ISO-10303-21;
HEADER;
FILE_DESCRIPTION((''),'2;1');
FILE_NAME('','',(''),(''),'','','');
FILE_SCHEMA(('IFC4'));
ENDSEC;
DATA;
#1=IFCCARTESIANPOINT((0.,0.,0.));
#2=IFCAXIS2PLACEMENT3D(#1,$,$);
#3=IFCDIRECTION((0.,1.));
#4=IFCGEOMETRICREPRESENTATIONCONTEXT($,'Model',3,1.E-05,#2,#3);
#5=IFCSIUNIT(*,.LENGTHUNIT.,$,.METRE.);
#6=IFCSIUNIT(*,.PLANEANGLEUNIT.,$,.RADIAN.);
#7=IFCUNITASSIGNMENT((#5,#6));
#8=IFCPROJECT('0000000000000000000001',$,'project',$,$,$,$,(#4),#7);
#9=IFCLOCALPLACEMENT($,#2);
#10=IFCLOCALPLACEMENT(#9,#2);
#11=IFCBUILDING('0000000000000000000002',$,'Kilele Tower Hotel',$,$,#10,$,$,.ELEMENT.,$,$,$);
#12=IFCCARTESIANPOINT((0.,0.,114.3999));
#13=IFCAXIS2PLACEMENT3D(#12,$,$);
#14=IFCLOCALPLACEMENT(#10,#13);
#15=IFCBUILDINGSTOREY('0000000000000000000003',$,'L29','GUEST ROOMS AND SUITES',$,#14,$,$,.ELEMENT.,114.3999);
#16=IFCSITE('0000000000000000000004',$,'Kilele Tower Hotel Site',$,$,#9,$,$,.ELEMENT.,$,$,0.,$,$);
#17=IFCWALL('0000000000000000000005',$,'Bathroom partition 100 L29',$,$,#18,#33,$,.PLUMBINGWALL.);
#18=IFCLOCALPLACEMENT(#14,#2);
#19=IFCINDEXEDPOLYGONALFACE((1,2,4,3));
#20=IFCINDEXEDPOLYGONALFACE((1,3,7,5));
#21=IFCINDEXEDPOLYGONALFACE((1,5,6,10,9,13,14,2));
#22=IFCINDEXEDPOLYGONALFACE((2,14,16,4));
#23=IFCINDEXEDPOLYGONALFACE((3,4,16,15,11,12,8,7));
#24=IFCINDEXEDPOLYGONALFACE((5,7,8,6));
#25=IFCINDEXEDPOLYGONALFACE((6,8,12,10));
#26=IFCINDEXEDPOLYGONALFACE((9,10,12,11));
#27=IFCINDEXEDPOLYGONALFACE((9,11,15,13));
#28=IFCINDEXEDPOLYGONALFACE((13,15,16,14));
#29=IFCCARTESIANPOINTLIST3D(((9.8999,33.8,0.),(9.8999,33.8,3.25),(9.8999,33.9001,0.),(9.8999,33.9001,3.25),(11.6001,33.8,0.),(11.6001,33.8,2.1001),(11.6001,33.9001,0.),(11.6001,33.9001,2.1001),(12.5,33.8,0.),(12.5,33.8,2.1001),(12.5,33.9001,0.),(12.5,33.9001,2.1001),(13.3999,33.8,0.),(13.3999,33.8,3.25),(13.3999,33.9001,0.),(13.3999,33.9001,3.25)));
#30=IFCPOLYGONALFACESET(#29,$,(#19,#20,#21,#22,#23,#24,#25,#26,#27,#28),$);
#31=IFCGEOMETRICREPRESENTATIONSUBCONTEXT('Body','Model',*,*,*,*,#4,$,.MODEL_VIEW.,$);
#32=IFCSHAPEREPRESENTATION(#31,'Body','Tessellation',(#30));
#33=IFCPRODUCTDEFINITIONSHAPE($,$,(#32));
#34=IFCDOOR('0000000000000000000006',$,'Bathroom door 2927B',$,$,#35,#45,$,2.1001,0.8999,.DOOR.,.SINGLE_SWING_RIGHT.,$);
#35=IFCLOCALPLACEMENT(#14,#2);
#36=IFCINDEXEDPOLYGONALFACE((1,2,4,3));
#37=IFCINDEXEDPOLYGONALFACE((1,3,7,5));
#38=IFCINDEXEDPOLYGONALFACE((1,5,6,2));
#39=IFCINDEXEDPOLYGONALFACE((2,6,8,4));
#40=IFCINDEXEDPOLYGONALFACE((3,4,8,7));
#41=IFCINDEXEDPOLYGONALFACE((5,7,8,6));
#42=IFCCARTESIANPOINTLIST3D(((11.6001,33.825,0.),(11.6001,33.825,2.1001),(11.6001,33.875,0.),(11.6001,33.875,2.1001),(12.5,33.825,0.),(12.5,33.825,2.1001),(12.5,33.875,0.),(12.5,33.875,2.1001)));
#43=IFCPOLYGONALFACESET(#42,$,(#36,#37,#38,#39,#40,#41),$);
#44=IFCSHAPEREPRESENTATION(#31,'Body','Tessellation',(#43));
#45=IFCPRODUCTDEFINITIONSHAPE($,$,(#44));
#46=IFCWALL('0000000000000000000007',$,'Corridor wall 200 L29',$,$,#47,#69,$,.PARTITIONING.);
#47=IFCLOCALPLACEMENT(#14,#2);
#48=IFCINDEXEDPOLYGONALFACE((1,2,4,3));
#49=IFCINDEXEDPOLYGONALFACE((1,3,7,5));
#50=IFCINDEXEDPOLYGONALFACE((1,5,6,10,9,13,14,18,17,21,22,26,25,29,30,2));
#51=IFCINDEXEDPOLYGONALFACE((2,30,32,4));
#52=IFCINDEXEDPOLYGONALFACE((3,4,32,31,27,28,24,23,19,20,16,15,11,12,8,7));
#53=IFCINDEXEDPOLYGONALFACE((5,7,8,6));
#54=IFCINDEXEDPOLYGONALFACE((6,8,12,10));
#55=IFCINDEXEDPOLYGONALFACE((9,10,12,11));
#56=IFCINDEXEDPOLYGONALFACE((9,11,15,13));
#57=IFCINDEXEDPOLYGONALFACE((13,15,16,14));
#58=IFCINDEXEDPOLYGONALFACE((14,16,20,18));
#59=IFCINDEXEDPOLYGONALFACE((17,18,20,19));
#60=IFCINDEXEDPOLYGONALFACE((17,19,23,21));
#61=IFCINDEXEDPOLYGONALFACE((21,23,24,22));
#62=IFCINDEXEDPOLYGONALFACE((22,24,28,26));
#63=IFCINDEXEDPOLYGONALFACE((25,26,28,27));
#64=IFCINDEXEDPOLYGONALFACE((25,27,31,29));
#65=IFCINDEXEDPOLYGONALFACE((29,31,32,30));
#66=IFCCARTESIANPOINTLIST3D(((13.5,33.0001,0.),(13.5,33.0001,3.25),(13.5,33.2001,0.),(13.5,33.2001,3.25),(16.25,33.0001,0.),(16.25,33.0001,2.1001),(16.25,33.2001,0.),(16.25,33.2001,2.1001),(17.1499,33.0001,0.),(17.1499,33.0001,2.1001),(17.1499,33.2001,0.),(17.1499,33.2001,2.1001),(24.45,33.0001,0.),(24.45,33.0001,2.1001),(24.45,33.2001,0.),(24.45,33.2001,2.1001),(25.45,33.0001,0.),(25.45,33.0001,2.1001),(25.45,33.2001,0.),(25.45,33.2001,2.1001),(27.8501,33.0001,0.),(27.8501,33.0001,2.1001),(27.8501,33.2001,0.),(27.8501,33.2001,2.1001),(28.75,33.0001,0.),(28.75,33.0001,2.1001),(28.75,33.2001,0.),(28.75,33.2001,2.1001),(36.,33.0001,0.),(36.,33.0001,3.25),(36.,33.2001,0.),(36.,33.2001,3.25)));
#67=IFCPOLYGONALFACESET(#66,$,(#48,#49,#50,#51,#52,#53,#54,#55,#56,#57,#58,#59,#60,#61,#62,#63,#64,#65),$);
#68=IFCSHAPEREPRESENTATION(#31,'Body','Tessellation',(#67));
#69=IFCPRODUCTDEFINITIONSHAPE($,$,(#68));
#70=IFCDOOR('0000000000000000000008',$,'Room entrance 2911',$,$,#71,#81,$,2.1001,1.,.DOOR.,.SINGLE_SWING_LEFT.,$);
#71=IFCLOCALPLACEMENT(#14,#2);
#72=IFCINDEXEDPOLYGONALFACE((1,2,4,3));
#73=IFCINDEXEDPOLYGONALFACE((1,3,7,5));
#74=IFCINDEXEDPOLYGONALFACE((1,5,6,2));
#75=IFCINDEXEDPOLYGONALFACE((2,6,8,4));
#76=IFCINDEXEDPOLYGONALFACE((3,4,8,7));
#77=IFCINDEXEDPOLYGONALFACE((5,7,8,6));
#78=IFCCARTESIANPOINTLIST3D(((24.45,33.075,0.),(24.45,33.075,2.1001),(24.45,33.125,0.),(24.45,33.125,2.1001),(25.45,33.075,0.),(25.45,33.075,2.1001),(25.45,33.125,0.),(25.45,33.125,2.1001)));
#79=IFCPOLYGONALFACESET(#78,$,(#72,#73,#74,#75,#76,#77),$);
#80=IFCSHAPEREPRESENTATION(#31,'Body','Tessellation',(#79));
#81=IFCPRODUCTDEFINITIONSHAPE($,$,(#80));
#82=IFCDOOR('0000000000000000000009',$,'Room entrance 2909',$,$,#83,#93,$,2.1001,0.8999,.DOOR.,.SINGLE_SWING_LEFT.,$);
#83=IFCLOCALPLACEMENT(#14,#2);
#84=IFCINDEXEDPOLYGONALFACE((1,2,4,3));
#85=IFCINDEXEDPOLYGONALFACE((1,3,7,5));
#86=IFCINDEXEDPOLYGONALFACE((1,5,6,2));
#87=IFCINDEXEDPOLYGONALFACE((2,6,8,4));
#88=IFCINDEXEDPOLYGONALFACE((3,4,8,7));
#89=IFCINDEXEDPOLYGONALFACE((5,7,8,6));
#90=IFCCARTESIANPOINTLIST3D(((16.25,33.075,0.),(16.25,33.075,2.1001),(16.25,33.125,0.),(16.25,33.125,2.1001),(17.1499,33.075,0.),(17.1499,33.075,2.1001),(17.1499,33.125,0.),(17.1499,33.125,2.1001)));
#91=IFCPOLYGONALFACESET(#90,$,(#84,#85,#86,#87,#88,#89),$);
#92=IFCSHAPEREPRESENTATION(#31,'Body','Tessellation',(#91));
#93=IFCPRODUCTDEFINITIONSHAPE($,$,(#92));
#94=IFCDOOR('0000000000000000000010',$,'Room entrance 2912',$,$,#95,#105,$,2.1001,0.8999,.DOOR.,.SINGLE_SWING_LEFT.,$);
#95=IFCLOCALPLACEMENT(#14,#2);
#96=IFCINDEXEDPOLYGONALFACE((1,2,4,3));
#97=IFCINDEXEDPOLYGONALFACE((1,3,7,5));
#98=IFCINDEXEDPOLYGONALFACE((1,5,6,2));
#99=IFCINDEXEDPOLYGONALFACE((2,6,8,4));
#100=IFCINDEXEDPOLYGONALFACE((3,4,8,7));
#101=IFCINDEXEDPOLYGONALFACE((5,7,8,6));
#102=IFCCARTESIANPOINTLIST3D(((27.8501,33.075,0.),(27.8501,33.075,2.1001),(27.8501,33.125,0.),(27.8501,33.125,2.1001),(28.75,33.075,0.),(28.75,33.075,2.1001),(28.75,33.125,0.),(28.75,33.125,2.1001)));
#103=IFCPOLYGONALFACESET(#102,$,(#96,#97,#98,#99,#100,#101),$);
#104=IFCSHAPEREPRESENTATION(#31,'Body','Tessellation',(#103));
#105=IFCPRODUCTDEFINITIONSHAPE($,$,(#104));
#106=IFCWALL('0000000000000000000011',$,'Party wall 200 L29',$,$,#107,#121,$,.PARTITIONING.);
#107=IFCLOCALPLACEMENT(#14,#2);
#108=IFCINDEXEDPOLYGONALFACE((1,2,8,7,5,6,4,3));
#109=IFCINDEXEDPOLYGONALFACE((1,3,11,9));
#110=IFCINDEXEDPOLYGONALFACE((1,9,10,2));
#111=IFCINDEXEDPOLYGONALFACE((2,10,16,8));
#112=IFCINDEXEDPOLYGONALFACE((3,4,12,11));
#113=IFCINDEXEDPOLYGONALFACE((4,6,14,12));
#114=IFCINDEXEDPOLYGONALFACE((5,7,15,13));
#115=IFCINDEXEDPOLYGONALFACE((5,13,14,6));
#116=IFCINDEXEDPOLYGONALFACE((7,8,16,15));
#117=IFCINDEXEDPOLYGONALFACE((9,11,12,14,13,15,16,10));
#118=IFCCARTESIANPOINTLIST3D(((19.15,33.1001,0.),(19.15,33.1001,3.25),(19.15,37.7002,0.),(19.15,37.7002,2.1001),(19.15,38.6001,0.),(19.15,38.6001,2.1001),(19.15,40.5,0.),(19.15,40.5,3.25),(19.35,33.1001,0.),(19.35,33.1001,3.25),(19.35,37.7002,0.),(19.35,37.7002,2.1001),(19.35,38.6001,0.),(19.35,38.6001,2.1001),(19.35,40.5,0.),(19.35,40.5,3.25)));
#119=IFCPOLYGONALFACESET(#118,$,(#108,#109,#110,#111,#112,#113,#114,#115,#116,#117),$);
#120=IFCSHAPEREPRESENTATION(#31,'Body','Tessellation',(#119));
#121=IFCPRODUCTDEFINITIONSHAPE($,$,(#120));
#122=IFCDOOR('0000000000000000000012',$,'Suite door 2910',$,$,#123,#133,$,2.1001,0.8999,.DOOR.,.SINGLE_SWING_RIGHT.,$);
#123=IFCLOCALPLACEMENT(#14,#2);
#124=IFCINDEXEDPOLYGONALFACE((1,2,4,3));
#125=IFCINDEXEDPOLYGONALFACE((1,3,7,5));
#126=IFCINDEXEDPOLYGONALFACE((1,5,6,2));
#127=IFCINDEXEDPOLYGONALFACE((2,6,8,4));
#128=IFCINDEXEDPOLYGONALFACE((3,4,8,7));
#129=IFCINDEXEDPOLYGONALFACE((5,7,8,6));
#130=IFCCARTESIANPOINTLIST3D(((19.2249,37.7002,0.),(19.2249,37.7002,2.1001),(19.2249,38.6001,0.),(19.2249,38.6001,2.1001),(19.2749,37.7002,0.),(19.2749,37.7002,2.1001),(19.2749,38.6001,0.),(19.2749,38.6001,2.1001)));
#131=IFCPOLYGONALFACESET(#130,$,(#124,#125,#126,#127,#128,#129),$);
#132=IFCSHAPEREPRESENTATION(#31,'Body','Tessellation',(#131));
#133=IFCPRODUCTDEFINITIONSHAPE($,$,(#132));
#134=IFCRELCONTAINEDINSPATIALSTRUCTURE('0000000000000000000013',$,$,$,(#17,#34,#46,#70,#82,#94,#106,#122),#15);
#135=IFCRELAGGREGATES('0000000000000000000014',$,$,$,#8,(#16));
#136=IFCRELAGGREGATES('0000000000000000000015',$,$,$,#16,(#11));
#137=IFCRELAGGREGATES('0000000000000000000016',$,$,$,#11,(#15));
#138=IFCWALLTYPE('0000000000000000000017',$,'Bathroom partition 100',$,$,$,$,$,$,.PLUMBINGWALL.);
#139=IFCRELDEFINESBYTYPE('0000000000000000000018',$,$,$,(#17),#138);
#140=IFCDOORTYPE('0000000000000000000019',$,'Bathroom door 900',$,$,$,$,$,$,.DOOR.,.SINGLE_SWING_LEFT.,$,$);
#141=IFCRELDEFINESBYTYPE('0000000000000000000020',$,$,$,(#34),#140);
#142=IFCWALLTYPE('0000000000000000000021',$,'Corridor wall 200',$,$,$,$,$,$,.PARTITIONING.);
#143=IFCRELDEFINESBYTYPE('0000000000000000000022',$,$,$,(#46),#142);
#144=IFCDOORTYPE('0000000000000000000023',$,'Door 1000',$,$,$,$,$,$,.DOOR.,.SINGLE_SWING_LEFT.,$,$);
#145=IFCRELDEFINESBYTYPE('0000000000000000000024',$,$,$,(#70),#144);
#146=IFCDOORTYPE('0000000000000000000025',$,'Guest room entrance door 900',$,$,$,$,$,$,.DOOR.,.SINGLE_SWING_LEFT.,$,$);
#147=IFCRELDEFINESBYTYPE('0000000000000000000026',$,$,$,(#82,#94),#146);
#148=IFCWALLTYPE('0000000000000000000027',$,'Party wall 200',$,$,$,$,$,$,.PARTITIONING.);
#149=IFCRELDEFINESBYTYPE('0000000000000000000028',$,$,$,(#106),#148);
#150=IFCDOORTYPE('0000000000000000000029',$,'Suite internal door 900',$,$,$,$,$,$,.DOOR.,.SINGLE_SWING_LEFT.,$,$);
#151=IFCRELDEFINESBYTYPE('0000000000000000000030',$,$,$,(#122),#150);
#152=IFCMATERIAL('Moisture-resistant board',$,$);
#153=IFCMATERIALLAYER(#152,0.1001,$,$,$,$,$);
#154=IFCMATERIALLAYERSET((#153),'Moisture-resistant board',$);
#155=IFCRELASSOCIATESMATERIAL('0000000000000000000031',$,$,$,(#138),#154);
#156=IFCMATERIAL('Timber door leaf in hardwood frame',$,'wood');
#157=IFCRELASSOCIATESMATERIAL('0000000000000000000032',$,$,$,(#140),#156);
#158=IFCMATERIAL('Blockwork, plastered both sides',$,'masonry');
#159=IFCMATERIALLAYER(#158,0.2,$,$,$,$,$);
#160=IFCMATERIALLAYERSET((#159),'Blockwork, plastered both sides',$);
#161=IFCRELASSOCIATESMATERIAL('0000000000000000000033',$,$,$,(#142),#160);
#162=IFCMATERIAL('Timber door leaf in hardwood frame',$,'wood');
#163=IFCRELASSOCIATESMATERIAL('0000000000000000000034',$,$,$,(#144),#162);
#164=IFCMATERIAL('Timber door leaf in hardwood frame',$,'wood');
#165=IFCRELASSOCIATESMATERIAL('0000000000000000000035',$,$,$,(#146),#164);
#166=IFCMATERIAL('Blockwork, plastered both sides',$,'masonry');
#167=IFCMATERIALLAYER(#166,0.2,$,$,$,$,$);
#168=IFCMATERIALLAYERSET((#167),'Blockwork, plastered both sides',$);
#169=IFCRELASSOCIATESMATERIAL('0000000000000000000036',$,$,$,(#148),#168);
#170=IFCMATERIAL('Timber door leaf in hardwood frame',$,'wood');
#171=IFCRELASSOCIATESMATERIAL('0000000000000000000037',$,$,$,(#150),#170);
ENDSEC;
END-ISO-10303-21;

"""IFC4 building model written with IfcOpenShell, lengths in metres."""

from ifc_helpers import new_model, si_unit, direction, frame, frame_2d, origin, place, context, subcontext, project, spatial, rectangle, extrude, material, layer, layer_set, type_object, element, fill, save


model = new_model("IFC4")

# Units and contexts
model_context = context("Model", 3, precision=1e-05, world=origin(), true_north=direction((0.0, 1.0)))
body_context = subcontext(model_context, "Body", "Model", "MODEL_VIEW")
ifc_project = project(units=[si_unit("LENGTHUNIT", "METRE"), si_unit("PLANEANGLEUNIT", "RADIAN")], contexts=[model_context])

# Site, building, storey
site_placement = place(None, origin())
site = spatial("IfcSite", under=ifc_project, at=site_placement, Name="Kilele Tower Hotel Site", CompositionType="ELEMENT", RefElevation=0.0)
building_placement = place(site_placement, origin())
building = spatial("IfcBuilding", under=site, at=building_placement, Name="Kilele Tower Hotel", CompositionType="ELEMENT")
storey_placement = place(building_placement, frame((0.0, 0.0, 114.3999)))
storey = spatial("IfcBuildingStorey", under=building, at=storey_placement, Name="L29", Description="GUEST ROOMS AND SUITES", CompositionType="ELEMENT", Elevation=114.3999)

# Shared definitions
ifc_material_1 = material(Name="Moisture-resistant board")
ifc_layer_1 = layer(ifc_material_1, 0.1001)
ifc_layer_set_1 = layer_set([ifc_layer_1], Name="Moisture-resistant board")
wall_type_1 = type_object("IfcWallType", Name="Bathroom partition 100", PredefinedType="PLUMBINGWALL", material=ifc_layer_set_1)

# Shared definitions
ifc_material_2 = material(Name="Timber door leaf in hardwood frame", Category="wood")
door_type_1 = type_object("IfcDoorType", Name="Bathroom door 900", OperationType="SINGLE_SWING_LEFT", PredefinedType="DOOR", material=ifc_material_2)

# Wall, opening, door
wall_1_placement = place(storey_placement, frame((13.3999, 33.8501, 0.0), z_axis=(0.0, 0.0, 1.0), x_axis=(-1.0, 0.0, 0.0)))
wall_1 = element("IfcWall", 1, at=wall_1_placement, inside=storey, type_object=wall_type_1, Name="Bathroom partition 100 L29", PredefinedType="PLUMBINGWALL", context=body_context, shape_type="SweptSolid", body=[
    extrude(rectangle(XDim=3.5, YDim=0.1001, at=frame_2d((1.75, 0.0))), origin(), (0.0, 0.0, 1.0), 3.25),
])
opening_1_placement = place(wall_1_placement, frame((1.7998, 0.0, 0.0), z_axis=(0.0, 0.0, 1.0), x_axis=(-1.0, 0.0, 0.0)))
opening_1 = element("IfcOpeningElement", 2, at=opening_1_placement, cuts=wall_1, PredefinedType="OPENING", context=body_context, shape_type="SweptSolid", body=[
    extrude(rectangle(XDim=0.8999, YDim=2.1001, at=frame_2d((0.45, 1.05))), frame((0.0, 0.0601, 0.0), z_axis=(0.0, -1.0, 0.0), x_axis=(1.0, 0.0, 0.0)), (0.0, 0.0, 1.0), 0.1201),
])
door_1_placement = place(opening_1_placement, origin())
door_1 = element("IfcDoor", 3, at=door_1_placement, inside=storey, type_object=door_type_1, Name="Bathroom door 2927B", OperationType="SINGLE_SWING_RIGHT", OverallHeight=2.1001, OverallWidth=0.8999, PredefinedType="DOOR", context=body_context, shape_type="SweptSolid", body=[
    extrude(rectangle(XDim=0.8999, YDim=2.1001, at=frame_2d((0.45, 1.05))), frame((0.0, 0.0249, 0.0), z_axis=(0.0, -1.0, 0.0), x_axis=(1.0, 0.0, 0.0)), (0.0, 0.0, 1.0), 0.05),
])
fill(opening_1, door_1)

# Wall, openings, doors
ifc_material_3 = material(Name="Blockwork, plastered both sides", Category="masonry")
ifc_layer_2 = layer(ifc_material_3, 0.2)
ifc_layer_set_2 = layer_set([ifc_layer_2], Name="Blockwork, plastered both sides")
wall_type_2 = type_object("IfcWallType", Name="Corridor wall 200", PredefinedType="PARTITIONING", material=ifc_layer_set_2)
wall_2_placement = place(storey_placement, frame((13.5, 33.1001, 0.0), z_axis=(0.0, 0.0, 1.0), x_axis=(1.0, 0.0, 0.0)))
wall_2 = element("IfcWall", 4, at=wall_2_placement, inside=storey, type_object=wall_type_2, Name="Corridor wall 200 L29", PredefinedType="PARTITIONING", context=body_context, shape_type="SweptSolid", body=[
    extrude(rectangle(XDim=22.5, YDim=0.2, at=frame_2d((11.25, 0.0))), origin(), (0.0, 0.0, 1.0), 3.25),
])
opening_2_placement = place(wall_2_placement, frame((2.75, 0.0, 0.0)))
opening_2 = element("IfcOpeningElement", 5, at=opening_2_placement, cuts=wall_2, PredefinedType="OPENING", context=body_context, shape_type="SweptSolid", body=[
    extrude(rectangle(XDim=0.8999, YDim=2.1001, at=frame_2d((0.45, 1.05))), frame((0.0, 0.1099, 0.0), z_axis=(0.0, -1.0, 0.0), x_axis=(1.0, 0.0, 0.0)), (0.0, 0.0, 1.0), 0.22),
])
opening_3_placement = place(wall_2_placement, frame((10.95, 0.0, 0.0)))
opening_3 = element("IfcOpeningElement", 6, at=opening_3_placement, cuts=wall_2, PredefinedType="OPENING", context=body_context, shape_type="SweptSolid", body=[
    extrude(rectangle(XDim=1.0, YDim=2.1001, at=frame_2d((0.5, 1.05))), frame((0.0, 0.1099, 0.0), z_axis=(0.0, -1.0, 0.0), x_axis=(1.0, 0.0, 0.0)), (0.0, 0.0, 1.0), 0.22),
])
opening_4_placement = place(wall_2_placement, frame((14.3501, 0.0, 0.0)))
opening_4 = element("IfcOpeningElement", 7, at=opening_4_placement, cuts=wall_2, PredefinedType="OPENING", context=body_context, shape_type="SweptSolid", body=[
    extrude(rectangle(XDim=0.8999, YDim=2.1001, at=frame_2d((0.45, 1.05))), frame((0.0, 0.1099, 0.0), z_axis=(0.0, -1.0, 0.0), x_axis=(1.0, 0.0, 0.0)), (0.0, 0.0, 1.0), 0.22),
])
ifc_material_4 = material(Name="Timber door leaf in hardwood frame", Category="wood")
door_type_2 = type_object("IfcDoorType", Name="Door 1000", OperationType="SINGLE_SWING_LEFT", PredefinedType="DOOR", material=ifc_material_4)
door_2_placement = place(opening_3_placement, origin())
door_2 = element("IfcDoor", 8, at=door_2_placement, inside=storey, type_object=door_type_2, Name="Room entrance 2911", OperationType="SINGLE_SWING_LEFT", OverallHeight=2.1001, OverallWidth=1.0, PredefinedType="DOOR", context=body_context, shape_type="SweptSolid", body=[
    extrude(rectangle(XDim=1.0, YDim=2.1001, at=frame_2d((0.5, 1.05))), frame((0.0, 0.0249, 0.0), z_axis=(0.0, -1.0, 0.0), x_axis=(1.0, 0.0, 0.0)), (0.0, 0.0, 1.0), 0.05),
])
fill(opening_3, door_2)
ifc_material_5 = material(Name="Timber door leaf in hardwood frame", Category="wood")
door_type_3 = type_object("IfcDoorType", Name="Guest room entrance door 900", OperationType="SINGLE_SWING_LEFT", PredefinedType="DOOR", material=ifc_material_5)
door_3_placement = place(opening_2_placement, origin())
door_3 = element("IfcDoor", 9, at=door_3_placement, inside=storey, type_object=door_type_3, Name="Room entrance 2909", OperationType="SINGLE_SWING_LEFT", OverallHeight=2.1001, OverallWidth=0.8999, PredefinedType="DOOR", context=body_context, shape_type="SweptSolid", body=[
    extrude(rectangle(XDim=0.8999, YDim=2.1001, at=frame_2d((0.45, 1.05))), frame((0.0, 0.0249, 0.0), z_axis=(0.0, -1.0, 0.0), x_axis=(1.0, 0.0, 0.0)), (0.0, 0.0, 1.0), 0.05),
])
fill(opening_2, door_3)
door_4_placement = place(opening_4_placement, origin())
door_4 = element("IfcDoor", 10, at=door_4_placement, inside=storey, type_object=door_type_3, Name="Room entrance 2912", OperationType="SINGLE_SWING_LEFT", OverallHeight=2.1001, OverallWidth=0.8999, PredefinedType="DOOR", context=body_context, shape_type="SweptSolid", body=[
    extrude(rectangle(XDim=0.8999, YDim=2.1001, at=frame_2d((0.45, 1.05))), frame((0.0, 0.0249, 0.0), z_axis=(0.0, -1.0, 0.0), x_axis=(1.0, 0.0, 0.0)), (0.0, 0.0, 1.0), 0.05),
])
fill(opening_4, door_4)

# Wall, opening, door
ifc_material_6 = material(Name="Blockwork, plastered both sides", Category="masonry")
ifc_layer_3 = layer(ifc_material_6, 0.2)
ifc_layer_set_3 = layer_set([ifc_layer_3], Name="Blockwork, plastered both sides")
wall_type_3 = type_object("IfcWallType", Name="Party wall 200", PredefinedType="PARTITIONING", material=ifc_layer_set_3)
wall_3_placement = place(storey_placement, frame((19.25, 33.1001, 0.0), z_axis=(0.0, 0.0, 1.0), x_axis=(0.0, 1.0, 0.0)))
wall_3 = element("IfcWall", 11, at=wall_3_placement, inside=storey, type_object=wall_type_3, Name="Party wall 200 L29", PredefinedType="PARTITIONING", context=body_context, shape_type="SweptSolid", body=[
    extrude(rectangle(XDim=7.3999, YDim=0.2, at=frame_2d((3.7, 0.0))), origin(), (0.0, 0.0, 1.0), 3.25),
])
opening_5_placement = place(wall_3_placement, frame((5.5, 0.0, 0.0), z_axis=(0.0, 0.0, 1.0), x_axis=(-1.0, 0.0, 0.0)))
opening_5 = element("IfcOpeningElement", 12, at=opening_5_placement, cuts=wall_3, PredefinedType="OPENING", context=body_context, shape_type="SweptSolid", body=[
    extrude(rectangle(XDim=0.8999, YDim=2.1001, at=frame_2d((0.45, 1.05))), frame((0.0, 0.1099, 0.0), z_axis=(0.0, -1.0, 0.0), x_axis=(1.0, 0.0, 0.0)), (0.0, 0.0, 1.0), 0.22),
])
ifc_material_7 = material(Name="Timber door leaf in hardwood frame", Category="wood")
door_type_4 = type_object("IfcDoorType", Name="Suite internal door 900", OperationType="SINGLE_SWING_LEFT", PredefinedType="DOOR", material=ifc_material_7)
door_5_placement = place(opening_5_placement, origin())
door_5 = element("IfcDoor", 13, at=door_5_placement, inside=storey, type_object=door_type_4, Name="Suite door 2910", OperationType="SINGLE_SWING_RIGHT", OverallHeight=2.1001, OverallWidth=0.8999, PredefinedType="DOOR", context=body_context, shape_type="SweptSolid", body=[
    extrude(rectangle(XDim=0.8999, YDim=2.1001, at=frame_2d((0.45, 1.05))), frame((0.0, 0.0249, 0.0), z_axis=(0.0, -1.0, 0.0), x_axis=(1.0, 0.0, 0.0)), (0.0, 0.0, 1.0), 0.05),
])
fill(opening_5, door_5)

save(model, "model.ifc")
